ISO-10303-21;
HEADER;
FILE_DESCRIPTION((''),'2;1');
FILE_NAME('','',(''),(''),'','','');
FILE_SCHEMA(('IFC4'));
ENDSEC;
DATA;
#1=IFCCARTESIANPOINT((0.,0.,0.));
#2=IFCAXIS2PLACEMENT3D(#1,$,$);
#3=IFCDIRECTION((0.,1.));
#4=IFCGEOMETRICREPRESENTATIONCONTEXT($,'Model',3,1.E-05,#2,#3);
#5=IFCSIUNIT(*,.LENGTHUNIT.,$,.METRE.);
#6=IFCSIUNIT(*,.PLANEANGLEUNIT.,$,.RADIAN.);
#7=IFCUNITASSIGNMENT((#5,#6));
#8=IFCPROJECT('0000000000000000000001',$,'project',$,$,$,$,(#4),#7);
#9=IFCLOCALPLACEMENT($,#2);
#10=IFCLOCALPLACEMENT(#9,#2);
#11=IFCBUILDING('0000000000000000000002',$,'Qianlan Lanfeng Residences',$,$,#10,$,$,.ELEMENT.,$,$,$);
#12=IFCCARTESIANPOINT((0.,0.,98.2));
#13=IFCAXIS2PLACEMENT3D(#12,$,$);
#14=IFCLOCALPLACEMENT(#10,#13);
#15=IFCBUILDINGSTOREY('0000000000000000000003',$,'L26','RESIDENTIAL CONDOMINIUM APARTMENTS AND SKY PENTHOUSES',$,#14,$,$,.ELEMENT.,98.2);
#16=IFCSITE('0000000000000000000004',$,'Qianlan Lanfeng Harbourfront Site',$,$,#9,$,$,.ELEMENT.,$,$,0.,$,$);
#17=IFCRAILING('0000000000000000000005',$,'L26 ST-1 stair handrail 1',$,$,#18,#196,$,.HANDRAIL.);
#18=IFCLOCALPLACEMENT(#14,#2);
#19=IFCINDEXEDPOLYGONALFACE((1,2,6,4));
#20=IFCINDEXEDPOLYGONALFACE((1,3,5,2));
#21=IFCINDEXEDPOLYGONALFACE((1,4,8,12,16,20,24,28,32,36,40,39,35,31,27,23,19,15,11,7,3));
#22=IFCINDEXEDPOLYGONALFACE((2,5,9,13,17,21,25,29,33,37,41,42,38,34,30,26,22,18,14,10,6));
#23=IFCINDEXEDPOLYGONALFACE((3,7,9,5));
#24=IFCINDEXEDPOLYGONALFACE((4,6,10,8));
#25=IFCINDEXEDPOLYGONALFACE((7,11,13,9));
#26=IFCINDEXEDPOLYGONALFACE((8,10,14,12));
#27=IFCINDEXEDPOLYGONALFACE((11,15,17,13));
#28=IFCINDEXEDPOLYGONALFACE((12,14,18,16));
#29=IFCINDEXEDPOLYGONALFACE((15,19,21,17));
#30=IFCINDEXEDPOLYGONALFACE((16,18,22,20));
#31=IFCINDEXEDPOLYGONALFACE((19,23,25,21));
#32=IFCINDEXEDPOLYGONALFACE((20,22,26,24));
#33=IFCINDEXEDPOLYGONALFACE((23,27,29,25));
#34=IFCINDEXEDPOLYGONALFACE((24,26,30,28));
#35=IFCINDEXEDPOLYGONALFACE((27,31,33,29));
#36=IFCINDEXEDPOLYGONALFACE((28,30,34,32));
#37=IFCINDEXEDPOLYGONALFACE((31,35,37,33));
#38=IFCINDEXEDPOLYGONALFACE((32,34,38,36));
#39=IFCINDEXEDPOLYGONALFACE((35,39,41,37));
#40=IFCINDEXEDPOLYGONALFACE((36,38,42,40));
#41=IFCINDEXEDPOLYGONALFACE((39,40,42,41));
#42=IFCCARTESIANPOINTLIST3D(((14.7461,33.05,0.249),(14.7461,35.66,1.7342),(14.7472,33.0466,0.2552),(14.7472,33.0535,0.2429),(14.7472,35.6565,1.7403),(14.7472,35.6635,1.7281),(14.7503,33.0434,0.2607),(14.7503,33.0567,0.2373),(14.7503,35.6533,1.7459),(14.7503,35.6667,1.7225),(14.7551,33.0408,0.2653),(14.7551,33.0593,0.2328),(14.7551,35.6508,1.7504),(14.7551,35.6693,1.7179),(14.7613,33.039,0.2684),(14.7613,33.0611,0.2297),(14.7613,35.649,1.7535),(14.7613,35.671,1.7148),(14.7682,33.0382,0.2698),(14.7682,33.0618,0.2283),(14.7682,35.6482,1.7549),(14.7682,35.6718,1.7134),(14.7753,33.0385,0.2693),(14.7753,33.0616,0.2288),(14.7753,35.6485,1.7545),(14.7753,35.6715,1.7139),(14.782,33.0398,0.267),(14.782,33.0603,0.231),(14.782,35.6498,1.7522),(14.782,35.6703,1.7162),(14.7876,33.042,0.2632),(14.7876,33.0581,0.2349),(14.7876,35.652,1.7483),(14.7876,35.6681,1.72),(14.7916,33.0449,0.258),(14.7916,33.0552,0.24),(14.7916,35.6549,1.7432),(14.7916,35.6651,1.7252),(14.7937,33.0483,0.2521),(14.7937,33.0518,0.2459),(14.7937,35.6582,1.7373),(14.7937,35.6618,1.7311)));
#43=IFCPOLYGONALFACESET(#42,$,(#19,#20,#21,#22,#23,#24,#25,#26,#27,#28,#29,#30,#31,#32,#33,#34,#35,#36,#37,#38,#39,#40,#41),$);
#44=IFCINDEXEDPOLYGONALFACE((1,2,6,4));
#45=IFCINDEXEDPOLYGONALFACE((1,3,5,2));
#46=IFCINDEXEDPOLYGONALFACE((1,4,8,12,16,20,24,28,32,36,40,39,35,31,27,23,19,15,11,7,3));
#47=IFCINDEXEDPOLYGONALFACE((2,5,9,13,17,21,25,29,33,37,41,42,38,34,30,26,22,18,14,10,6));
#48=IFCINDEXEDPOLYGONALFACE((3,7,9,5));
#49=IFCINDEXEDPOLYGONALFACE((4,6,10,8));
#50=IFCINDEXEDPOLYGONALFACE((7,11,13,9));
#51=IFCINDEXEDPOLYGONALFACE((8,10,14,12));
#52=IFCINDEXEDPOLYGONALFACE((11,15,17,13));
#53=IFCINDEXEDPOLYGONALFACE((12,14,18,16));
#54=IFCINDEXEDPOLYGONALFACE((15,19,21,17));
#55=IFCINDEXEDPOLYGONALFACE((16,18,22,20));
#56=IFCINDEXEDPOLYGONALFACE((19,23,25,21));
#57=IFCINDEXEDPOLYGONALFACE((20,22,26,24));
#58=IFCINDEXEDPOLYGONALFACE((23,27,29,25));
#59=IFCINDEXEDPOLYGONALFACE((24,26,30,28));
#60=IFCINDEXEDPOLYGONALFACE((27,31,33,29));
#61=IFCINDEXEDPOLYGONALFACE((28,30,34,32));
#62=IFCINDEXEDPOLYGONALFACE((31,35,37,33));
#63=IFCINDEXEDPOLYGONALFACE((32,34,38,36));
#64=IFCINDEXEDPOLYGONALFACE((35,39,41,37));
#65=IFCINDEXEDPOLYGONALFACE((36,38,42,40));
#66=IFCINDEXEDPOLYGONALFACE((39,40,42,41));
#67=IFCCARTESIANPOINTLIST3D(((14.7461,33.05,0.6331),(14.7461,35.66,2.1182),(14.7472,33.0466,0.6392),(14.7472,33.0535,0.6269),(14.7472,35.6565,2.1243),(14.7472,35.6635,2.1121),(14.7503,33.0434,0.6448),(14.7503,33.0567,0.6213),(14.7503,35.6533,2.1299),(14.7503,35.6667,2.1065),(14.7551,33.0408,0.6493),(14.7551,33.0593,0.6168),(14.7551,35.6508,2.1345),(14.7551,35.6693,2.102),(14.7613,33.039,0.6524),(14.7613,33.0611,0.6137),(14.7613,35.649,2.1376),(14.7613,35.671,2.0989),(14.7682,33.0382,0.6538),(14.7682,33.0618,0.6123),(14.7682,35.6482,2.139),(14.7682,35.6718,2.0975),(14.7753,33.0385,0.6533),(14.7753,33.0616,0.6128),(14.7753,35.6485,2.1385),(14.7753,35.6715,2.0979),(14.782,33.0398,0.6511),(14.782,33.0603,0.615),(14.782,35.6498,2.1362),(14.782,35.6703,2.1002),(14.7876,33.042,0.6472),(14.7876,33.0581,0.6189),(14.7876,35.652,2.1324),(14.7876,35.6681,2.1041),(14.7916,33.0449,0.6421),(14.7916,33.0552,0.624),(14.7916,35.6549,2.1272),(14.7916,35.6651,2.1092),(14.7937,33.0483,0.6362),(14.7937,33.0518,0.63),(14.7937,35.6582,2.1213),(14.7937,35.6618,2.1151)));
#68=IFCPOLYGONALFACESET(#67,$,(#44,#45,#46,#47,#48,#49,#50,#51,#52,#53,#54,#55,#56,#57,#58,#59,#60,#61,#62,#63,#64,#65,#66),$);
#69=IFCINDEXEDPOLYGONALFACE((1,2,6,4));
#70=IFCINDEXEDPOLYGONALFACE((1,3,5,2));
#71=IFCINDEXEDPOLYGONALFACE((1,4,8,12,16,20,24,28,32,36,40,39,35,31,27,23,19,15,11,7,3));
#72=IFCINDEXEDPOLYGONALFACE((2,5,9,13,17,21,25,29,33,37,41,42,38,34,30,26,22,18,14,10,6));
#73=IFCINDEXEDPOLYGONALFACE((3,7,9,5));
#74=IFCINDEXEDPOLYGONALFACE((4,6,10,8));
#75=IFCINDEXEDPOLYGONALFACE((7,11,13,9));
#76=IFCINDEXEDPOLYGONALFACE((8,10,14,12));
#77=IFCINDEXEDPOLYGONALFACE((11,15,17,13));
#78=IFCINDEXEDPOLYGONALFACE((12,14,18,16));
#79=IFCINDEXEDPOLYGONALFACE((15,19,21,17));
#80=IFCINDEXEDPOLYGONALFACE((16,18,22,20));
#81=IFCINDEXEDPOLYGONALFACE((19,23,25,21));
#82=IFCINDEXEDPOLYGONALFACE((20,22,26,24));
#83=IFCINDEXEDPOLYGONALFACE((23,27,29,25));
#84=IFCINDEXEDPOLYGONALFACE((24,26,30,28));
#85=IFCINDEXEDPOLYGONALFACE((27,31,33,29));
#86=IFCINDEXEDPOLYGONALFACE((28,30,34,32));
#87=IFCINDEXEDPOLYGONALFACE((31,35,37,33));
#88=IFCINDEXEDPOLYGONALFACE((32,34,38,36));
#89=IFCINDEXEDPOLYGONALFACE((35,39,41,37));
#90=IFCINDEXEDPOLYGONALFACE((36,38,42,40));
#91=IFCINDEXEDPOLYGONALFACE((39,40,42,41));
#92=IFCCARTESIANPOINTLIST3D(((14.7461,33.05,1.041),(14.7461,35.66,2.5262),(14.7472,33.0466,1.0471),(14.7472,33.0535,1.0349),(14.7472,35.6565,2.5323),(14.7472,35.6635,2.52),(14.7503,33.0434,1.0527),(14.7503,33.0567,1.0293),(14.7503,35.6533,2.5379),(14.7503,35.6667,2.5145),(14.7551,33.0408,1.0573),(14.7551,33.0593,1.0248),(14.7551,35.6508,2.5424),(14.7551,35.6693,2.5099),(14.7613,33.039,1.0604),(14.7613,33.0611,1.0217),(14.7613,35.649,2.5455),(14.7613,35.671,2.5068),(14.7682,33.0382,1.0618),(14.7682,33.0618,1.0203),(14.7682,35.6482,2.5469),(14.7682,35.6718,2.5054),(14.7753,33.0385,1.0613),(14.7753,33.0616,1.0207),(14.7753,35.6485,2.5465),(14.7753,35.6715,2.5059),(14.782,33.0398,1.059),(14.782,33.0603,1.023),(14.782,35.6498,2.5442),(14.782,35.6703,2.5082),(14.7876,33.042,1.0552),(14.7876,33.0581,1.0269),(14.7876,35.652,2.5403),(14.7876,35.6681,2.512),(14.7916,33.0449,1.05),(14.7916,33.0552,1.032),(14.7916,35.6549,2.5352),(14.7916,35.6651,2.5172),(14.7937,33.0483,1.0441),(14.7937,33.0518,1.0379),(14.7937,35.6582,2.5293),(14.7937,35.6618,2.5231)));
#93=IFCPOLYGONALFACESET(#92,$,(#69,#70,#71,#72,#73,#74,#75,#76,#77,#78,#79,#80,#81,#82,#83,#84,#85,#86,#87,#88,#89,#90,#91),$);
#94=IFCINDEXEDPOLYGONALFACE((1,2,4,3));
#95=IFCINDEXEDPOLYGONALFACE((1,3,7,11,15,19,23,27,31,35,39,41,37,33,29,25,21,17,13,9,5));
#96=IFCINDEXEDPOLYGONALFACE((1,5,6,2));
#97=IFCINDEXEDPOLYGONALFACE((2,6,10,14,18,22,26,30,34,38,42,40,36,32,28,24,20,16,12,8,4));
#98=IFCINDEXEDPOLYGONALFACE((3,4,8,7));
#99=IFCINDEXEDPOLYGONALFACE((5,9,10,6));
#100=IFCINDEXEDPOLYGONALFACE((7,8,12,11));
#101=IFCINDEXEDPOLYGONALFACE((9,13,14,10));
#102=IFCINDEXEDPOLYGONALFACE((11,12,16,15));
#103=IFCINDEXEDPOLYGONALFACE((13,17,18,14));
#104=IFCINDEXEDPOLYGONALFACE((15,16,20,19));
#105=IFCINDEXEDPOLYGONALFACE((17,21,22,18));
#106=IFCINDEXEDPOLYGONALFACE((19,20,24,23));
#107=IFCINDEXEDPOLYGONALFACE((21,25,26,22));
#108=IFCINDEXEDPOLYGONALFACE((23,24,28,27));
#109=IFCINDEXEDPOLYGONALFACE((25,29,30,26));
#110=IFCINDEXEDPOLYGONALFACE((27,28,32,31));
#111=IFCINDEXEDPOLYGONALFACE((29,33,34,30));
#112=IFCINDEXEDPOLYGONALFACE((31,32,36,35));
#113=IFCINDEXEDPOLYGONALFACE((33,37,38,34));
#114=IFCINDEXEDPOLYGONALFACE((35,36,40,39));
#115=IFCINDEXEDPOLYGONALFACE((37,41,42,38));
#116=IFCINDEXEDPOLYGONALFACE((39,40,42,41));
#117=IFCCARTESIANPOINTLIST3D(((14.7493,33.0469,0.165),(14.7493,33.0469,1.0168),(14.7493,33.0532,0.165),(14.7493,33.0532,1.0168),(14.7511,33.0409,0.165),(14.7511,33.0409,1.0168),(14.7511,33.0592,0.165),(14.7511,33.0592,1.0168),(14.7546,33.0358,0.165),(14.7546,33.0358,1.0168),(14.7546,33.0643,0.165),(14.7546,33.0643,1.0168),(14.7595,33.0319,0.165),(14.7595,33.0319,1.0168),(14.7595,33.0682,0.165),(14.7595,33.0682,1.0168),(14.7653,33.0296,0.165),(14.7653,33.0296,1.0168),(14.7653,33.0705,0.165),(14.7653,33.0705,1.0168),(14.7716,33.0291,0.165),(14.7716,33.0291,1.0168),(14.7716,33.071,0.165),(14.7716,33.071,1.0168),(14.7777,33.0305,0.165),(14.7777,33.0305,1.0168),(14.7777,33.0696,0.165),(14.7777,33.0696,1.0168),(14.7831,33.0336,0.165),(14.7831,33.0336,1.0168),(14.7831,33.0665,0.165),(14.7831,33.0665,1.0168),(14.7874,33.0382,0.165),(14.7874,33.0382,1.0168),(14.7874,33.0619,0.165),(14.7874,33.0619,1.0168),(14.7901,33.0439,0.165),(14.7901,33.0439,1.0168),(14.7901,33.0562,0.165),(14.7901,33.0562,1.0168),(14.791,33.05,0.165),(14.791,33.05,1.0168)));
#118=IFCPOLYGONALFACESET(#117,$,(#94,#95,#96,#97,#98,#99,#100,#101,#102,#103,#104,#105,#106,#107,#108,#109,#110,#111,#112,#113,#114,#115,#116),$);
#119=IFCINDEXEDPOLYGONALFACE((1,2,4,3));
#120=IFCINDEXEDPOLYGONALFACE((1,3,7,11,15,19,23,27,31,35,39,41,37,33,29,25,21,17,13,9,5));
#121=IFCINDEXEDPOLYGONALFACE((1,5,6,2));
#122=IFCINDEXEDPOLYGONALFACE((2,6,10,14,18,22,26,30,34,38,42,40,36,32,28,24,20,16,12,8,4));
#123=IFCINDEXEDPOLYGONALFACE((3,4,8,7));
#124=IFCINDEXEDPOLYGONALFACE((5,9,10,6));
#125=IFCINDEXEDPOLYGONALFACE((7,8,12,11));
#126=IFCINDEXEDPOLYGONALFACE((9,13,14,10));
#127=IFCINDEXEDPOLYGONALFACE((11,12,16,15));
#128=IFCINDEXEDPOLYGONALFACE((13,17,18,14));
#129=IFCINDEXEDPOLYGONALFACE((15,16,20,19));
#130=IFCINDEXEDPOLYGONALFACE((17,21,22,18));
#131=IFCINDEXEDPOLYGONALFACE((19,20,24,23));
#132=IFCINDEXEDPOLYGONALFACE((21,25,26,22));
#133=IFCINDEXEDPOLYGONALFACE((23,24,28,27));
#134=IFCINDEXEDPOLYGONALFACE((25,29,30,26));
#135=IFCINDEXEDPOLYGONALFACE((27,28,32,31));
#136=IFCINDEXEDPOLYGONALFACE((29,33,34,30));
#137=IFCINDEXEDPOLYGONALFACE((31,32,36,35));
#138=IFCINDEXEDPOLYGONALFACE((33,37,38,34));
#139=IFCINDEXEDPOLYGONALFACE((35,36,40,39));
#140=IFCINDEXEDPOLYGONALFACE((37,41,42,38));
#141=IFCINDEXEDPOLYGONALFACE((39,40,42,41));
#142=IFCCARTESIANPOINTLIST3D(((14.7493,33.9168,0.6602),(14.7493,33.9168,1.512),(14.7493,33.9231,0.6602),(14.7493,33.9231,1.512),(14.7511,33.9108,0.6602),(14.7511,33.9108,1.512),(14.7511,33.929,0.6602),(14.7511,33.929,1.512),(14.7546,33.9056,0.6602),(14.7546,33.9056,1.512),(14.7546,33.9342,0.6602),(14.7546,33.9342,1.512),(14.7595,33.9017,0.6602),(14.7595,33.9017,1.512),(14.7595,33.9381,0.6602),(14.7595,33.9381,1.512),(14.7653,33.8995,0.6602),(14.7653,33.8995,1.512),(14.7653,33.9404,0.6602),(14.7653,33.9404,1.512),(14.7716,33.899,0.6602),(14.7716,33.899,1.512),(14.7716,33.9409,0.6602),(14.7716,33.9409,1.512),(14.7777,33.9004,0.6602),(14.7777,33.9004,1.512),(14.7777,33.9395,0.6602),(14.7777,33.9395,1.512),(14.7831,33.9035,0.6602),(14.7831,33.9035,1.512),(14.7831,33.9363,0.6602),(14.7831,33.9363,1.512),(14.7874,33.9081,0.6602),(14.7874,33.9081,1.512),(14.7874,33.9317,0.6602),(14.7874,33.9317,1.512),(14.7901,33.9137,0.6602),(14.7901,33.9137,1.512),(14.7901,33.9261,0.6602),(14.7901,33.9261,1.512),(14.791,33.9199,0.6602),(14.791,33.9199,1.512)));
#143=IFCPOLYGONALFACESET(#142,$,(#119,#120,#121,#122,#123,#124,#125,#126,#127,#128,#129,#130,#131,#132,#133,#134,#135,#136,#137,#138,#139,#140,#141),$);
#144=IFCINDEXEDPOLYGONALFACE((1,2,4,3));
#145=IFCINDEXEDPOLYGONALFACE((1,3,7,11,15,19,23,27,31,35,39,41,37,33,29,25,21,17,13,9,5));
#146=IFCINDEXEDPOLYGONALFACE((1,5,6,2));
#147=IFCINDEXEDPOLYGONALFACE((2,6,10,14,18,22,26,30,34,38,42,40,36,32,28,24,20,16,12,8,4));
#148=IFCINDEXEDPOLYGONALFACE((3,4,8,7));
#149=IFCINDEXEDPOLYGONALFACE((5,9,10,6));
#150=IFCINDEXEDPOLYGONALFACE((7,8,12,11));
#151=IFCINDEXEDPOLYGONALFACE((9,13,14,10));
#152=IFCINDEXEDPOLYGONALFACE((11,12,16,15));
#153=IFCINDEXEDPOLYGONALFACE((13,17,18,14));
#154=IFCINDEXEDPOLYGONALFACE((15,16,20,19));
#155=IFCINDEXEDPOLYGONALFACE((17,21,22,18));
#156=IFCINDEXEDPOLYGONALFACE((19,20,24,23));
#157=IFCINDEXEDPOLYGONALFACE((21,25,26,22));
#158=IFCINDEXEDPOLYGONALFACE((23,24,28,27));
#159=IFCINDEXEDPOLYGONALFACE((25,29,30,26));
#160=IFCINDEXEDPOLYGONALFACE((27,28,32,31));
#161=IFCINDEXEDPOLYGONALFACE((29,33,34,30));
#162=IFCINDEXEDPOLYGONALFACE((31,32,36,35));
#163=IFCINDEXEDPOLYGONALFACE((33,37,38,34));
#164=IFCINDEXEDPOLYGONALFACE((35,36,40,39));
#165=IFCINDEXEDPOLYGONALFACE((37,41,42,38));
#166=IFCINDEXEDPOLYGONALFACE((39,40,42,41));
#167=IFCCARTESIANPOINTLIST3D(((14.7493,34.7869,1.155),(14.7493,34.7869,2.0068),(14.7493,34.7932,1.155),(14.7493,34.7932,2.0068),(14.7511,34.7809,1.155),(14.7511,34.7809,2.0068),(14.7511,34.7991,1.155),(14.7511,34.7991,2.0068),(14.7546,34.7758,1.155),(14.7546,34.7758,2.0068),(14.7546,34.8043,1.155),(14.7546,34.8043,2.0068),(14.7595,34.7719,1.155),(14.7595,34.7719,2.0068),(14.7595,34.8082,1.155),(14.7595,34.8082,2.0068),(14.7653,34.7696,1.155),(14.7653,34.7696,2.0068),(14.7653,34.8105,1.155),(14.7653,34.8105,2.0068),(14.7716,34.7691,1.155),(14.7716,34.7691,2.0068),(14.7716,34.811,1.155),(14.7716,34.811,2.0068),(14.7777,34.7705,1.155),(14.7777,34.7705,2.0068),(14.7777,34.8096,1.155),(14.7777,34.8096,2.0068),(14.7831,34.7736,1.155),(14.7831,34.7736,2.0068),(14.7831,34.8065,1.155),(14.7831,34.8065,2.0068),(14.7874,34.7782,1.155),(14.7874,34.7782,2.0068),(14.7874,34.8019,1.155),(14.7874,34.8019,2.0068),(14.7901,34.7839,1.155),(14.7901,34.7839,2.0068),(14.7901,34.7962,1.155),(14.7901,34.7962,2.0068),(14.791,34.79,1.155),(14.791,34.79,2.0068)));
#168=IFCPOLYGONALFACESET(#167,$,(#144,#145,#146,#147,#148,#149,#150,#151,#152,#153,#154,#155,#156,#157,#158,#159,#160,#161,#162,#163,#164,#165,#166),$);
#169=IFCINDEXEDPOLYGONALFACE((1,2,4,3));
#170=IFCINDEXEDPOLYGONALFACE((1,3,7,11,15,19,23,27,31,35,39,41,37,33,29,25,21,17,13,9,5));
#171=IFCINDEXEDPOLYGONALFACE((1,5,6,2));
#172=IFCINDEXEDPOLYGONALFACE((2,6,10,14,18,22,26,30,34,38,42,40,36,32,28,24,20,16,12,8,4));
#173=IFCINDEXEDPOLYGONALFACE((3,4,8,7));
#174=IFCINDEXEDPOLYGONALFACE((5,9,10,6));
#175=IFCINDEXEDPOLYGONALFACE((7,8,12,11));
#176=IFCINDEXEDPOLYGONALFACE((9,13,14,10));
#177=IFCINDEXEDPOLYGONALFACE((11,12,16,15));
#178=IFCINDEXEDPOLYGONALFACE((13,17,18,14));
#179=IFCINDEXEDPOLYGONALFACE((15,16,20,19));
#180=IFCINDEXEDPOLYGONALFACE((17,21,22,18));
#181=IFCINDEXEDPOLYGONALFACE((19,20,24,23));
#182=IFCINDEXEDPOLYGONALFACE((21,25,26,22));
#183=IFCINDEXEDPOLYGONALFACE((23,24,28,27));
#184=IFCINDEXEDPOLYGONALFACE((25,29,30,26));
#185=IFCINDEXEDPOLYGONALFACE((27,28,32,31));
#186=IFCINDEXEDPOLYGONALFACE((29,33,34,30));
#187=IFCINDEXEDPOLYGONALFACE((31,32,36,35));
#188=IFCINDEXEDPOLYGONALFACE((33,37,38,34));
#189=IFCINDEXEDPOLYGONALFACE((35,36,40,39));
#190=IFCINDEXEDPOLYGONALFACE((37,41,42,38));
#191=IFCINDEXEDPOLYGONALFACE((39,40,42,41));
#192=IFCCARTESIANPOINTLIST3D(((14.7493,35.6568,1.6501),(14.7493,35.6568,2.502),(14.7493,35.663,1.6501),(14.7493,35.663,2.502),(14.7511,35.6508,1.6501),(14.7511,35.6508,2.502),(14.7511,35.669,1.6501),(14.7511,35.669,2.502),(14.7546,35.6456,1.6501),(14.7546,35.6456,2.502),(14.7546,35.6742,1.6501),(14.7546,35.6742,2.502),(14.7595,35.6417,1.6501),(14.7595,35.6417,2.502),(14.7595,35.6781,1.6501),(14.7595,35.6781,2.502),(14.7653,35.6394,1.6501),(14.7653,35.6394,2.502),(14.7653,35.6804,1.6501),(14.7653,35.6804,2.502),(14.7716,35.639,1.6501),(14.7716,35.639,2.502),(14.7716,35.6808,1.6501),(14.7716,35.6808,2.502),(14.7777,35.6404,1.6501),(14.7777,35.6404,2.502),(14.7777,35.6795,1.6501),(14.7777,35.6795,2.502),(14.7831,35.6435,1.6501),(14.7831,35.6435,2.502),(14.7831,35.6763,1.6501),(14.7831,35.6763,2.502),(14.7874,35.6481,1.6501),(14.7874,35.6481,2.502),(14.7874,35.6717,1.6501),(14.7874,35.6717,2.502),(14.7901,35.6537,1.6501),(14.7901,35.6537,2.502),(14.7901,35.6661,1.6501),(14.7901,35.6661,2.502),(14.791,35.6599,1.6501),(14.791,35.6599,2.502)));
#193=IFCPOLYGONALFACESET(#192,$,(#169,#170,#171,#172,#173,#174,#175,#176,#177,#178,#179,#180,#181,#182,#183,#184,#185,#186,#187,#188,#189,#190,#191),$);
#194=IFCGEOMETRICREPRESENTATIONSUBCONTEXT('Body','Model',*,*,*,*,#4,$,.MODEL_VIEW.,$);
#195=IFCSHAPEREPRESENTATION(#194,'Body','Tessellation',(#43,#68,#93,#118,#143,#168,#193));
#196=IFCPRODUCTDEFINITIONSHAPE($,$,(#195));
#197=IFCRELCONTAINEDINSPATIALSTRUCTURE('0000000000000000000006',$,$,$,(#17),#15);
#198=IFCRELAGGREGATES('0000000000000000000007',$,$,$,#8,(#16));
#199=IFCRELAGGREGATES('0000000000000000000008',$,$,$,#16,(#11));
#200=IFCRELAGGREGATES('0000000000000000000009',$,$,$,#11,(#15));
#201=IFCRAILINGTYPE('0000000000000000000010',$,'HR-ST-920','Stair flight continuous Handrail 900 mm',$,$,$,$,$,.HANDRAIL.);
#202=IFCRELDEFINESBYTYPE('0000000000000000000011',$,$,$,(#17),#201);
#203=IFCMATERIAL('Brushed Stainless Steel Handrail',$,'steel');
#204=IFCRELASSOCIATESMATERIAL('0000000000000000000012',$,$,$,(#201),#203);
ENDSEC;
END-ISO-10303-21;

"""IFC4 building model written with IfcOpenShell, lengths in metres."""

from ifc_helpers import new_model, si_unit, direction, frame, origin, origin_2d, place, context, subcontext, project, spatial, circle, extrude, material, type_object, element, save


model = new_model("IFC4")

# Units and contexts
model_context = context("Model", 3, precision=1e-05, world=origin(), true_north=direction((0.0, 1.0)))
body_context = subcontext(model_context, "Body", "Model", "MODEL_VIEW")
ifc_project = project(units=[si_unit("LENGTHUNIT", "METRE"), si_unit("PLANEANGLEUNIT", "RADIAN")], contexts=[model_context])

# Site, building, storey
site_placement = place(None, origin())
site = spatial("IfcSite", under=ifc_project, at=site_placement, Name="Qianlan Lanfeng Harbourfront Site", CompositionType="ELEMENT", RefElevation=0.0)
building_placement = place(site_placement, origin())
building = spatial("IfcBuilding", under=site, at=building_placement, Name="Qianlan Lanfeng Residences", CompositionType="ELEMENT")
storey_placement = place(building_placement, frame((0.0, 0.0, 98.2)))
storey = spatial("IfcBuildingStorey", under=building, at=storey_placement, Name="L26", Description="RESIDENTIAL CONDOMINIUM APARTMENTS AND SKY PENTHOUSES", CompositionType="ELEMENT", Elevation=98.2)

# Railing
ifc_material_1 = material(Name="Brushed Stainless Steel Handrail", Category="steel")
railing_type_1 = type_object("IfcRailingType", Name="HR-ST-920", Description="Stair flight continuous Handrail 900 mm", PredefinedType="HANDRAIL", material=ifc_material_1)
railing_1_placement = place(storey_placement, frame((14.77, 33.05, 0.165)))
element("IfcRailing", 1, at=railing_1_placement, inside=storey, type_object=railing_type_1, Name="L26 ST-1 stair handrail 1", PredefinedType="HANDRAIL", context=body_context, shape_type="SweptSolid", body=[
    extrude(circle(Radius=0.0239, at=origin_2d()), frame((0.0, 0.0, 0.084), z_axis=(0.0, 0.869137, 0.494571), x_axis=(-1.0, 0.0, 0.0)), (0.0, 0.0, 1.0), 3.0029),
    extrude(circle(Radius=0.0239, at=origin_2d()), frame((0.0, 0.0, 0.468), z_axis=(0.0, 0.869137, 0.494571), x_axis=(-1.0, 0.0, 0.0)), (0.0, 0.0, 1.0), 3.0029),
    extrude(circle(Radius=0.0239, at=origin_2d()), frame((0.0, 0.0, 0.876), z_axis=(0.0, 0.869137, 0.494571), x_axis=(-1.0, 0.0, 0.0)), (0.0, 0.0, 1.0), 3.0029),
    extrude(circle(Radius=0.021, at=origin_2d()), origin(), (0.0, 0.0, 1.0), 0.8518),
    extrude(circle(Radius=0.021, at=origin_2d()), frame((0.0, 0.8699, 0.4951)), (0.0, 0.0, 1.0), 0.8518),
    extrude(circle(Radius=0.021, at=origin_2d()), frame((0.0, 1.74, 0.99)), (0.0, 0.0, 1.0), 0.8518),
    extrude(circle(Radius=0.021, at=origin_2d()), frame((0.0, 2.6099, 1.4851)), (0.0, 0.0, 1.0), 0.8518),
])

save(model, "model.ifc")
